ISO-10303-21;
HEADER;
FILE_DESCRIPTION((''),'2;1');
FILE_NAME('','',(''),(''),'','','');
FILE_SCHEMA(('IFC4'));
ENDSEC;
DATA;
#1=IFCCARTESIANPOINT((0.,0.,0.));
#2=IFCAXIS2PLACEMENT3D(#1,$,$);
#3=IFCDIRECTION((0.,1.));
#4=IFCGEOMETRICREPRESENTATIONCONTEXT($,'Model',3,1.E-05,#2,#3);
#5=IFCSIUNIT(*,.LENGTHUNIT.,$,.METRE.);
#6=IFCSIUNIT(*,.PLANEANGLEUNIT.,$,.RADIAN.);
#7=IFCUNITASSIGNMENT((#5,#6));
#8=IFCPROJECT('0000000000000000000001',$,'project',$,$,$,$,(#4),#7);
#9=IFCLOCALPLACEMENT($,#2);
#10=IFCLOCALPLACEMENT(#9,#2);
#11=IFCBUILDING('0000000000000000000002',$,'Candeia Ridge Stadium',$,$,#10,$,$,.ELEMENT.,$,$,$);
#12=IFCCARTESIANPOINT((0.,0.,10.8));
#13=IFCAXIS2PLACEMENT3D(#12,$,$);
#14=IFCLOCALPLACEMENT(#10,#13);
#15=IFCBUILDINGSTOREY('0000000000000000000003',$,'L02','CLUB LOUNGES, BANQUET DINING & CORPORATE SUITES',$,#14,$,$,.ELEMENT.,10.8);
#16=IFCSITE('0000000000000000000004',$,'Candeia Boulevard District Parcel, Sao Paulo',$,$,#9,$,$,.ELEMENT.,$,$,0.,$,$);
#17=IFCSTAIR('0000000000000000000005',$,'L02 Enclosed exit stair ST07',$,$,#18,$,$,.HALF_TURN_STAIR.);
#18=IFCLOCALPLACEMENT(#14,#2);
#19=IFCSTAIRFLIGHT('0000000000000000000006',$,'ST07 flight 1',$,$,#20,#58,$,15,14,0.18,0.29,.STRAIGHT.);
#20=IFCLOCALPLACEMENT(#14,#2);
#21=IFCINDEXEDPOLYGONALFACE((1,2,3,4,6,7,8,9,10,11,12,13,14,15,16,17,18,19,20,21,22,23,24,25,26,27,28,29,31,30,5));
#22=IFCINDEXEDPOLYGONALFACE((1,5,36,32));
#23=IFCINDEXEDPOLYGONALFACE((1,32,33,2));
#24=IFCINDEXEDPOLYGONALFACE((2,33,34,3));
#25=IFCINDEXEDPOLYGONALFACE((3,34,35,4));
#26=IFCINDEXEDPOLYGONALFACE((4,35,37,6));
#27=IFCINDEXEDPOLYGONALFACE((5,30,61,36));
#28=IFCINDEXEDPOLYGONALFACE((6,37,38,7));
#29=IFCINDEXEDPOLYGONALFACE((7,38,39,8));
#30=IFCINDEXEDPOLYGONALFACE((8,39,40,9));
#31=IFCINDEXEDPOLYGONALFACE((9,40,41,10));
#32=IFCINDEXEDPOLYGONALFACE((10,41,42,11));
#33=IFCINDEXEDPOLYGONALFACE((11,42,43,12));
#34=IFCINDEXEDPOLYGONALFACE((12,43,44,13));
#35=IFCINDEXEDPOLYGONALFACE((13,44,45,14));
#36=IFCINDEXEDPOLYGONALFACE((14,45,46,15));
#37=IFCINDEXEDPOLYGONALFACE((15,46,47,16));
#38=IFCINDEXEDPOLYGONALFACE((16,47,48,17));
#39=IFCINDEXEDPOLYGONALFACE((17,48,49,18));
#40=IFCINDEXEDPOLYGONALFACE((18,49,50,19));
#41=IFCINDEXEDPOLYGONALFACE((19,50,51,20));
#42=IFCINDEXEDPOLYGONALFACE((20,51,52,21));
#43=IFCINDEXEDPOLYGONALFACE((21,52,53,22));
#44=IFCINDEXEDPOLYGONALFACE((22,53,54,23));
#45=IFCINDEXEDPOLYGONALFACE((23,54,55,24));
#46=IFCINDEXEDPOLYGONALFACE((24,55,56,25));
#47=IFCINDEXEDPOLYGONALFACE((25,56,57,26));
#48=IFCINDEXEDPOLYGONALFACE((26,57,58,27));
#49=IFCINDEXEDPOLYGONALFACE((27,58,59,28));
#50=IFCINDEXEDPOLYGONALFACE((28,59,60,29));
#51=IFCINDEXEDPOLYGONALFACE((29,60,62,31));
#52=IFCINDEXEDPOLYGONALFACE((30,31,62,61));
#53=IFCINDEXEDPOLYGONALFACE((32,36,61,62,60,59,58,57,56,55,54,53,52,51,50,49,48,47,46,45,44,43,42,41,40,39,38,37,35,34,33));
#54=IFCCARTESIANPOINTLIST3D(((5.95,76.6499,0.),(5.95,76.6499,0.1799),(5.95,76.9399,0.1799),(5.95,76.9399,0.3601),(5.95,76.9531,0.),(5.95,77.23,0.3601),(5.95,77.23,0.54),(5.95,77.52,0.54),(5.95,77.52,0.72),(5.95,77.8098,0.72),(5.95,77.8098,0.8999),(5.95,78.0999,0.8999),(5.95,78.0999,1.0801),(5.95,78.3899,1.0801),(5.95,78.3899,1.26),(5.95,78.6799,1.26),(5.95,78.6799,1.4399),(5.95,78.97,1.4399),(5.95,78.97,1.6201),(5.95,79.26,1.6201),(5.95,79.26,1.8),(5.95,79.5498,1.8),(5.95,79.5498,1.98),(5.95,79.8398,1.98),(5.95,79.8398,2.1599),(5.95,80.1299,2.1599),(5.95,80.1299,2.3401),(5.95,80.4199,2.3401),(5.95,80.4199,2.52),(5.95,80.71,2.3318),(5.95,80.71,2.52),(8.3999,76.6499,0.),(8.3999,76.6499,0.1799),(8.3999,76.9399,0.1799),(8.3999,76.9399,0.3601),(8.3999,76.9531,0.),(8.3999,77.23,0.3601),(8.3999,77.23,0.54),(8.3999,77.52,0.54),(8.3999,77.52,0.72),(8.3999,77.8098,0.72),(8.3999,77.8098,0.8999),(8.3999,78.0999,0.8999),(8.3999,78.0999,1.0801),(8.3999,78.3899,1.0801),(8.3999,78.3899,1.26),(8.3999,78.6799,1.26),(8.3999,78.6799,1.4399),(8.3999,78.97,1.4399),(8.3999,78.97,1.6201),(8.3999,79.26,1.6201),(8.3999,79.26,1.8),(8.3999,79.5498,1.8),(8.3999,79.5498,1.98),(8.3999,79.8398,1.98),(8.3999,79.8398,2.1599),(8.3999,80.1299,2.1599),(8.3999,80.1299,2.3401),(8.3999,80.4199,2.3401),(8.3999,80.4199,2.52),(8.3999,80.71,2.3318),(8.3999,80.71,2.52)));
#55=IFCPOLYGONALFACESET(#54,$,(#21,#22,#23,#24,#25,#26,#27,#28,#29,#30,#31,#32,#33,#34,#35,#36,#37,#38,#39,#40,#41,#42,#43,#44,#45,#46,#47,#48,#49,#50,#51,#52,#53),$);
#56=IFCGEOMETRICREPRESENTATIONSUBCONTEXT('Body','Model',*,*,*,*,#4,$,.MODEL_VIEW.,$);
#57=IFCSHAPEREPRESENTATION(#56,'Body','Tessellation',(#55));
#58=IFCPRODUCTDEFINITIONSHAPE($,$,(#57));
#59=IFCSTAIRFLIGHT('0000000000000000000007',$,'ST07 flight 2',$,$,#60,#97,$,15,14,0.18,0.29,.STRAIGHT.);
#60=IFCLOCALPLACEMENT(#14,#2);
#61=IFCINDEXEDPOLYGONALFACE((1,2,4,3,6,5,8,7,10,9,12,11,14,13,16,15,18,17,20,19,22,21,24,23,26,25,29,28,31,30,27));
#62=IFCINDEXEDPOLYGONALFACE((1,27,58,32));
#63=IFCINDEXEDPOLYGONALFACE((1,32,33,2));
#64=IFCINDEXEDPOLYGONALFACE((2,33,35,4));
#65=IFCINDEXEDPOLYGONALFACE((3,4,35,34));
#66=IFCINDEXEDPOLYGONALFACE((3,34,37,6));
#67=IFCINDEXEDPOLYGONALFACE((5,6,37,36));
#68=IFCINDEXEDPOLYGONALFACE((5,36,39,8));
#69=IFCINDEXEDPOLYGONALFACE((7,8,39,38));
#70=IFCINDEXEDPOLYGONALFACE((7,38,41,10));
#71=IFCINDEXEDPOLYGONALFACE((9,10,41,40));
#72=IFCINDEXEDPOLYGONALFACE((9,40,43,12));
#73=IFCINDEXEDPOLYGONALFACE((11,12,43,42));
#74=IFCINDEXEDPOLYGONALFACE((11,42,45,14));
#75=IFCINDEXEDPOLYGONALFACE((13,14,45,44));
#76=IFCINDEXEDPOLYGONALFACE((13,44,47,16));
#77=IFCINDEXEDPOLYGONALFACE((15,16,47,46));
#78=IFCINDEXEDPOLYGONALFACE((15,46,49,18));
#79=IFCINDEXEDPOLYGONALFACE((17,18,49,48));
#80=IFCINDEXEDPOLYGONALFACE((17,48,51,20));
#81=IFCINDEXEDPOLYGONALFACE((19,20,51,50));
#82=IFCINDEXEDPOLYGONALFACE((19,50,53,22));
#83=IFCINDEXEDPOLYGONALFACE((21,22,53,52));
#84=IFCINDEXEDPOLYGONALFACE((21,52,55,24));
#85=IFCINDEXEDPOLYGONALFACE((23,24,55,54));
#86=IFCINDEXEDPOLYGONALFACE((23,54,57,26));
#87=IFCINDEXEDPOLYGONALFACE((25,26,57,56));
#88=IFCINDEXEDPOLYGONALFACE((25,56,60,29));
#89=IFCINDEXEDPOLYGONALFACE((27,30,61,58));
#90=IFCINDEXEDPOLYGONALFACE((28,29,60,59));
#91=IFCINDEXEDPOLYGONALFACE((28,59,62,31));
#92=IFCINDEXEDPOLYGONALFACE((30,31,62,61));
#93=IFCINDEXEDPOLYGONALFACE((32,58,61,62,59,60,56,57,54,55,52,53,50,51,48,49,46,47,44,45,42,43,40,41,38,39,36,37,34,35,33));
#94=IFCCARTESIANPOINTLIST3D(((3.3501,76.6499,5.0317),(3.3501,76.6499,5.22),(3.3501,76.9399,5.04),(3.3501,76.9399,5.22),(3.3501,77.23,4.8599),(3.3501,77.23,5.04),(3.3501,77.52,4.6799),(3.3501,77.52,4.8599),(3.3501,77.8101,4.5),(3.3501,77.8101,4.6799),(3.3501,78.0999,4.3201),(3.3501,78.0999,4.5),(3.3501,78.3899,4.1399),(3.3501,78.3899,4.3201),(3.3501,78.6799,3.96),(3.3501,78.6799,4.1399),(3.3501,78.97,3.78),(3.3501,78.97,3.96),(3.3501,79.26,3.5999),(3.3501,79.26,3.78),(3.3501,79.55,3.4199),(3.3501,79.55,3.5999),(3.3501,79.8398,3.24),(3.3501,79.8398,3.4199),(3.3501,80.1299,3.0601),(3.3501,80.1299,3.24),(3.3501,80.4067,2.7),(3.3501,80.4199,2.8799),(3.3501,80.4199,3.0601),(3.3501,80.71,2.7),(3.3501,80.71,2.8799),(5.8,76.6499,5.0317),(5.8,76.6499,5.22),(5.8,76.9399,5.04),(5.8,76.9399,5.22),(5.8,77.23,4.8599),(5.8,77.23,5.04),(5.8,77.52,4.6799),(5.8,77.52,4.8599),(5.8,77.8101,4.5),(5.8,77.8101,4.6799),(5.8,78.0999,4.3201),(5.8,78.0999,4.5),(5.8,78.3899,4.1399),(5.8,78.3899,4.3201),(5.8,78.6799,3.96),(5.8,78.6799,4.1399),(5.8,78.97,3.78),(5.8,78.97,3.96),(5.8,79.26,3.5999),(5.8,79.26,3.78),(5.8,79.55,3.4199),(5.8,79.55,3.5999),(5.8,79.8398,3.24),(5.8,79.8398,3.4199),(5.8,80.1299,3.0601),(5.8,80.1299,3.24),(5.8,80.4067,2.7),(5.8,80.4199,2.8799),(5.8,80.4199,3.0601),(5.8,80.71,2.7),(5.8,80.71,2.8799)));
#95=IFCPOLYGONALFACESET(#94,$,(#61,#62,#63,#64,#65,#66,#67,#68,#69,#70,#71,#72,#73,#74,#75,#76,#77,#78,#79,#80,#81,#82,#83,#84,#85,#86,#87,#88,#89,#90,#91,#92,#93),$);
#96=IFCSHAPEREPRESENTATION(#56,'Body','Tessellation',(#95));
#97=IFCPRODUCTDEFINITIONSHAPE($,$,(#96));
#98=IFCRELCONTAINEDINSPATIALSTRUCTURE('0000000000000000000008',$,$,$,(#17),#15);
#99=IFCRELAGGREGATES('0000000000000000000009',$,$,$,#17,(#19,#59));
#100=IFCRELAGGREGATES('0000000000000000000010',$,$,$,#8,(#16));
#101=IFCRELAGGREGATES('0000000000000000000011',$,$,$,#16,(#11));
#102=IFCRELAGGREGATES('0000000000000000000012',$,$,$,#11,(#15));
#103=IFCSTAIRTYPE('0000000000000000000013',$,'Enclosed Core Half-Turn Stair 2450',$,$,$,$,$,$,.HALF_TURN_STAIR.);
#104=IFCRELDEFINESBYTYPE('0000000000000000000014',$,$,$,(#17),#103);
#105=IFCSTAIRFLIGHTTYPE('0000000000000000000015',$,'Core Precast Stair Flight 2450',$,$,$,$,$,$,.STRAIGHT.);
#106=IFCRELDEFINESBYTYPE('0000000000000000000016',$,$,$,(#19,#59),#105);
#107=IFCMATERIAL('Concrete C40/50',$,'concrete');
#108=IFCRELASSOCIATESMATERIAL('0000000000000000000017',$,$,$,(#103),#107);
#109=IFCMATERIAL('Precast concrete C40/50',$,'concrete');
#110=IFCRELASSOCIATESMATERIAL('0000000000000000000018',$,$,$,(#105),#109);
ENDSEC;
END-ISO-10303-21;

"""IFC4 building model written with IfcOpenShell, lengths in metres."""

from ifc_helpers import new_model, si_unit, direction, frame, origin, place, context, subcontext, project, spatial, polyline, outline, extrude, material, type_object, element, aggregate, save


model = new_model("IFC4")

# Units and contexts
model_context = context("Model", 3, precision=1e-05, world=origin(), true_north=direction((0.0, 1.0)))
body_context = subcontext(model_context, "Body", "Model", "MODEL_VIEW")
ifc_project = project(units=[si_unit("LENGTHUNIT", "METRE"), si_unit("PLANEANGLEUNIT", "RADIAN")], contexts=[model_context])

# Site, building, storey
site_placement = place(None, origin())
site = spatial("IfcSite", under=ifc_project, at=site_placement, Name="Candeia Boulevard District Parcel, Sao Paulo", CompositionType="ELEMENT", RefElevation=0.0)
building_placement = place(site_placement, origin())
building = spatial("IfcBuilding", under=site, at=building_placement, Name="Candeia Ridge Stadium", CompositionType="ELEMENT")
storey_placement = place(building_placement, frame((0.0, 0.0, 10.8)))
storey = spatial("IfcBuildingStorey", under=building, at=storey_placement, Name="L02", Description="CLUB LOUNGES, BANQUET DINING & CORPORATE SUITES", CompositionType="ELEMENT", Elevation=10.8)

# Shared definitions
ifc_material_1 = material(Name="Concrete C40/50", Category="concrete")

# Stair, stair flights
stair_type = type_object("IfcStairType", Name="Enclosed Core Half-Turn Stair 2450", PredefinedType="HALF_TURN_STAIR", material=ifc_material_1)
stair_placement = place(storey_placement, origin())
stair = element("IfcStair", 1, at=stair_placement, inside=storey, type_object=stair_type, Name="L02 Enclosed exit stair ST07", PredefinedType="HALF_TURN_STAIR")
ifc_material_2 = material(Name="Precast concrete C40/50", Category="concrete")
stair_flight_type = type_object("IfcStairFlightType", Name="Core Precast Stair Flight 2450", PredefinedType="STRAIGHT", material=ifc_material_2)
stair_flight_1_placement = place(storey_placement, frame((7.175, 76.6499, 0.0), z_axis=(0.0, 0.0, 1.0), x_axis=(0.0, 1.0, 0.0)))
stair_flight_1 = element("IfcStairFlight", 2, at=stair_flight_1_placement, type_object=stair_flight_type, Name="ST07 flight 1", NumberOfRisers=15, NumberOfTreads=14, PredefinedType="STRAIGHT", RiserHeight=0.18, TreadLength=0.29, context=body_context, shape_type="SweptSolid", body=[
    extrude(outline(polyline([(0.0, 0.0), (0.0, 0.1799), (0.29, 0.1799), (0.29, 0.3601), (0.5801, 0.3601), (0.5801, 0.54), (0.8701, 0.54), (0.8701, 0.72), (1.1599, 0.72), (1.1599, 0.8999), (1.45, 0.8999), (1.45, 1.0801), (1.74, 1.0801), (1.74, 1.26), (2.03, 1.26), (2.03, 1.4399), (2.3201, 1.4399), (2.3201, 1.6201), (2.6101, 1.6201), (2.6101, 1.8), (2.8999, 1.8), (2.8999, 1.98), (3.1899, 1.98), (3.1899, 2.1599), (3.48, 2.1599), (3.48, 2.3401), (3.77, 2.3401), (3.77, 2.52), (4.0601, 2.52), (4.0601, 2.7), (4.0601, 2.3318), (0.3032, 0.0), (0.0, 0.0)])), frame((0.0, 1.2251, 0.0), z_axis=(0.0, -1.0, 0.0), x_axis=(1.0, 0.0, 0.0)), (0.0, 0.0, 1.0), 2.45),
])
stair_flight_2_placement = place(storey_placement, frame((4.575, 80.71, 2.7), z_axis=(0.0, 0.0, 1.0), x_axis=(0.0, -1.0, 0.0)))
stair_flight_2 = element("IfcStairFlight", 3, at=stair_flight_2_placement, type_object=stair_flight_type, Name="ST07 flight 2", NumberOfRisers=15, NumberOfTreads=14, PredefinedType="STRAIGHT", RiserHeight=0.18, TreadLength=0.29, context=body_context, shape_type="SweptSolid", body=[
    extrude(outline(polyline([(0.0, 0.0), (0.0, 0.1799), (0.29, 0.1799), (0.29, 0.3601), (0.5801, 0.3601), (0.5801, 0.54), (0.8701, 0.54), (0.8701, 0.72), (1.1599, 0.72), (1.1599, 0.8999), (1.45, 0.8999), (1.45, 1.0801), (1.74, 1.0801), (1.74, 1.26), (2.03, 1.26), (2.03, 1.4399), (2.3201, 1.4399), (2.3201, 1.6201), (2.6101, 1.6201), (2.6101, 1.8), (2.8999, 1.8), (2.8999, 1.98), (3.1899, 1.98), (3.1899, 2.1599), (3.48, 2.1599), (3.48, 2.3401), (3.77, 2.3401), (3.77, 2.52), (4.0601, 2.52), (4.0601, 2.7), (4.0601, 2.3318), (0.3032, 0.0), (0.0, 0.0)])), frame((0.0, 1.2251, 0.0), z_axis=(0.0, -1.0, 0.0), x_axis=(1.0, 0.0, 0.0)), (0.0, 0.0, 1.0), 2.45),
])
aggregate(stair, [stair_flight_1, stair_flight_2])

save(model, "model.ifc")
